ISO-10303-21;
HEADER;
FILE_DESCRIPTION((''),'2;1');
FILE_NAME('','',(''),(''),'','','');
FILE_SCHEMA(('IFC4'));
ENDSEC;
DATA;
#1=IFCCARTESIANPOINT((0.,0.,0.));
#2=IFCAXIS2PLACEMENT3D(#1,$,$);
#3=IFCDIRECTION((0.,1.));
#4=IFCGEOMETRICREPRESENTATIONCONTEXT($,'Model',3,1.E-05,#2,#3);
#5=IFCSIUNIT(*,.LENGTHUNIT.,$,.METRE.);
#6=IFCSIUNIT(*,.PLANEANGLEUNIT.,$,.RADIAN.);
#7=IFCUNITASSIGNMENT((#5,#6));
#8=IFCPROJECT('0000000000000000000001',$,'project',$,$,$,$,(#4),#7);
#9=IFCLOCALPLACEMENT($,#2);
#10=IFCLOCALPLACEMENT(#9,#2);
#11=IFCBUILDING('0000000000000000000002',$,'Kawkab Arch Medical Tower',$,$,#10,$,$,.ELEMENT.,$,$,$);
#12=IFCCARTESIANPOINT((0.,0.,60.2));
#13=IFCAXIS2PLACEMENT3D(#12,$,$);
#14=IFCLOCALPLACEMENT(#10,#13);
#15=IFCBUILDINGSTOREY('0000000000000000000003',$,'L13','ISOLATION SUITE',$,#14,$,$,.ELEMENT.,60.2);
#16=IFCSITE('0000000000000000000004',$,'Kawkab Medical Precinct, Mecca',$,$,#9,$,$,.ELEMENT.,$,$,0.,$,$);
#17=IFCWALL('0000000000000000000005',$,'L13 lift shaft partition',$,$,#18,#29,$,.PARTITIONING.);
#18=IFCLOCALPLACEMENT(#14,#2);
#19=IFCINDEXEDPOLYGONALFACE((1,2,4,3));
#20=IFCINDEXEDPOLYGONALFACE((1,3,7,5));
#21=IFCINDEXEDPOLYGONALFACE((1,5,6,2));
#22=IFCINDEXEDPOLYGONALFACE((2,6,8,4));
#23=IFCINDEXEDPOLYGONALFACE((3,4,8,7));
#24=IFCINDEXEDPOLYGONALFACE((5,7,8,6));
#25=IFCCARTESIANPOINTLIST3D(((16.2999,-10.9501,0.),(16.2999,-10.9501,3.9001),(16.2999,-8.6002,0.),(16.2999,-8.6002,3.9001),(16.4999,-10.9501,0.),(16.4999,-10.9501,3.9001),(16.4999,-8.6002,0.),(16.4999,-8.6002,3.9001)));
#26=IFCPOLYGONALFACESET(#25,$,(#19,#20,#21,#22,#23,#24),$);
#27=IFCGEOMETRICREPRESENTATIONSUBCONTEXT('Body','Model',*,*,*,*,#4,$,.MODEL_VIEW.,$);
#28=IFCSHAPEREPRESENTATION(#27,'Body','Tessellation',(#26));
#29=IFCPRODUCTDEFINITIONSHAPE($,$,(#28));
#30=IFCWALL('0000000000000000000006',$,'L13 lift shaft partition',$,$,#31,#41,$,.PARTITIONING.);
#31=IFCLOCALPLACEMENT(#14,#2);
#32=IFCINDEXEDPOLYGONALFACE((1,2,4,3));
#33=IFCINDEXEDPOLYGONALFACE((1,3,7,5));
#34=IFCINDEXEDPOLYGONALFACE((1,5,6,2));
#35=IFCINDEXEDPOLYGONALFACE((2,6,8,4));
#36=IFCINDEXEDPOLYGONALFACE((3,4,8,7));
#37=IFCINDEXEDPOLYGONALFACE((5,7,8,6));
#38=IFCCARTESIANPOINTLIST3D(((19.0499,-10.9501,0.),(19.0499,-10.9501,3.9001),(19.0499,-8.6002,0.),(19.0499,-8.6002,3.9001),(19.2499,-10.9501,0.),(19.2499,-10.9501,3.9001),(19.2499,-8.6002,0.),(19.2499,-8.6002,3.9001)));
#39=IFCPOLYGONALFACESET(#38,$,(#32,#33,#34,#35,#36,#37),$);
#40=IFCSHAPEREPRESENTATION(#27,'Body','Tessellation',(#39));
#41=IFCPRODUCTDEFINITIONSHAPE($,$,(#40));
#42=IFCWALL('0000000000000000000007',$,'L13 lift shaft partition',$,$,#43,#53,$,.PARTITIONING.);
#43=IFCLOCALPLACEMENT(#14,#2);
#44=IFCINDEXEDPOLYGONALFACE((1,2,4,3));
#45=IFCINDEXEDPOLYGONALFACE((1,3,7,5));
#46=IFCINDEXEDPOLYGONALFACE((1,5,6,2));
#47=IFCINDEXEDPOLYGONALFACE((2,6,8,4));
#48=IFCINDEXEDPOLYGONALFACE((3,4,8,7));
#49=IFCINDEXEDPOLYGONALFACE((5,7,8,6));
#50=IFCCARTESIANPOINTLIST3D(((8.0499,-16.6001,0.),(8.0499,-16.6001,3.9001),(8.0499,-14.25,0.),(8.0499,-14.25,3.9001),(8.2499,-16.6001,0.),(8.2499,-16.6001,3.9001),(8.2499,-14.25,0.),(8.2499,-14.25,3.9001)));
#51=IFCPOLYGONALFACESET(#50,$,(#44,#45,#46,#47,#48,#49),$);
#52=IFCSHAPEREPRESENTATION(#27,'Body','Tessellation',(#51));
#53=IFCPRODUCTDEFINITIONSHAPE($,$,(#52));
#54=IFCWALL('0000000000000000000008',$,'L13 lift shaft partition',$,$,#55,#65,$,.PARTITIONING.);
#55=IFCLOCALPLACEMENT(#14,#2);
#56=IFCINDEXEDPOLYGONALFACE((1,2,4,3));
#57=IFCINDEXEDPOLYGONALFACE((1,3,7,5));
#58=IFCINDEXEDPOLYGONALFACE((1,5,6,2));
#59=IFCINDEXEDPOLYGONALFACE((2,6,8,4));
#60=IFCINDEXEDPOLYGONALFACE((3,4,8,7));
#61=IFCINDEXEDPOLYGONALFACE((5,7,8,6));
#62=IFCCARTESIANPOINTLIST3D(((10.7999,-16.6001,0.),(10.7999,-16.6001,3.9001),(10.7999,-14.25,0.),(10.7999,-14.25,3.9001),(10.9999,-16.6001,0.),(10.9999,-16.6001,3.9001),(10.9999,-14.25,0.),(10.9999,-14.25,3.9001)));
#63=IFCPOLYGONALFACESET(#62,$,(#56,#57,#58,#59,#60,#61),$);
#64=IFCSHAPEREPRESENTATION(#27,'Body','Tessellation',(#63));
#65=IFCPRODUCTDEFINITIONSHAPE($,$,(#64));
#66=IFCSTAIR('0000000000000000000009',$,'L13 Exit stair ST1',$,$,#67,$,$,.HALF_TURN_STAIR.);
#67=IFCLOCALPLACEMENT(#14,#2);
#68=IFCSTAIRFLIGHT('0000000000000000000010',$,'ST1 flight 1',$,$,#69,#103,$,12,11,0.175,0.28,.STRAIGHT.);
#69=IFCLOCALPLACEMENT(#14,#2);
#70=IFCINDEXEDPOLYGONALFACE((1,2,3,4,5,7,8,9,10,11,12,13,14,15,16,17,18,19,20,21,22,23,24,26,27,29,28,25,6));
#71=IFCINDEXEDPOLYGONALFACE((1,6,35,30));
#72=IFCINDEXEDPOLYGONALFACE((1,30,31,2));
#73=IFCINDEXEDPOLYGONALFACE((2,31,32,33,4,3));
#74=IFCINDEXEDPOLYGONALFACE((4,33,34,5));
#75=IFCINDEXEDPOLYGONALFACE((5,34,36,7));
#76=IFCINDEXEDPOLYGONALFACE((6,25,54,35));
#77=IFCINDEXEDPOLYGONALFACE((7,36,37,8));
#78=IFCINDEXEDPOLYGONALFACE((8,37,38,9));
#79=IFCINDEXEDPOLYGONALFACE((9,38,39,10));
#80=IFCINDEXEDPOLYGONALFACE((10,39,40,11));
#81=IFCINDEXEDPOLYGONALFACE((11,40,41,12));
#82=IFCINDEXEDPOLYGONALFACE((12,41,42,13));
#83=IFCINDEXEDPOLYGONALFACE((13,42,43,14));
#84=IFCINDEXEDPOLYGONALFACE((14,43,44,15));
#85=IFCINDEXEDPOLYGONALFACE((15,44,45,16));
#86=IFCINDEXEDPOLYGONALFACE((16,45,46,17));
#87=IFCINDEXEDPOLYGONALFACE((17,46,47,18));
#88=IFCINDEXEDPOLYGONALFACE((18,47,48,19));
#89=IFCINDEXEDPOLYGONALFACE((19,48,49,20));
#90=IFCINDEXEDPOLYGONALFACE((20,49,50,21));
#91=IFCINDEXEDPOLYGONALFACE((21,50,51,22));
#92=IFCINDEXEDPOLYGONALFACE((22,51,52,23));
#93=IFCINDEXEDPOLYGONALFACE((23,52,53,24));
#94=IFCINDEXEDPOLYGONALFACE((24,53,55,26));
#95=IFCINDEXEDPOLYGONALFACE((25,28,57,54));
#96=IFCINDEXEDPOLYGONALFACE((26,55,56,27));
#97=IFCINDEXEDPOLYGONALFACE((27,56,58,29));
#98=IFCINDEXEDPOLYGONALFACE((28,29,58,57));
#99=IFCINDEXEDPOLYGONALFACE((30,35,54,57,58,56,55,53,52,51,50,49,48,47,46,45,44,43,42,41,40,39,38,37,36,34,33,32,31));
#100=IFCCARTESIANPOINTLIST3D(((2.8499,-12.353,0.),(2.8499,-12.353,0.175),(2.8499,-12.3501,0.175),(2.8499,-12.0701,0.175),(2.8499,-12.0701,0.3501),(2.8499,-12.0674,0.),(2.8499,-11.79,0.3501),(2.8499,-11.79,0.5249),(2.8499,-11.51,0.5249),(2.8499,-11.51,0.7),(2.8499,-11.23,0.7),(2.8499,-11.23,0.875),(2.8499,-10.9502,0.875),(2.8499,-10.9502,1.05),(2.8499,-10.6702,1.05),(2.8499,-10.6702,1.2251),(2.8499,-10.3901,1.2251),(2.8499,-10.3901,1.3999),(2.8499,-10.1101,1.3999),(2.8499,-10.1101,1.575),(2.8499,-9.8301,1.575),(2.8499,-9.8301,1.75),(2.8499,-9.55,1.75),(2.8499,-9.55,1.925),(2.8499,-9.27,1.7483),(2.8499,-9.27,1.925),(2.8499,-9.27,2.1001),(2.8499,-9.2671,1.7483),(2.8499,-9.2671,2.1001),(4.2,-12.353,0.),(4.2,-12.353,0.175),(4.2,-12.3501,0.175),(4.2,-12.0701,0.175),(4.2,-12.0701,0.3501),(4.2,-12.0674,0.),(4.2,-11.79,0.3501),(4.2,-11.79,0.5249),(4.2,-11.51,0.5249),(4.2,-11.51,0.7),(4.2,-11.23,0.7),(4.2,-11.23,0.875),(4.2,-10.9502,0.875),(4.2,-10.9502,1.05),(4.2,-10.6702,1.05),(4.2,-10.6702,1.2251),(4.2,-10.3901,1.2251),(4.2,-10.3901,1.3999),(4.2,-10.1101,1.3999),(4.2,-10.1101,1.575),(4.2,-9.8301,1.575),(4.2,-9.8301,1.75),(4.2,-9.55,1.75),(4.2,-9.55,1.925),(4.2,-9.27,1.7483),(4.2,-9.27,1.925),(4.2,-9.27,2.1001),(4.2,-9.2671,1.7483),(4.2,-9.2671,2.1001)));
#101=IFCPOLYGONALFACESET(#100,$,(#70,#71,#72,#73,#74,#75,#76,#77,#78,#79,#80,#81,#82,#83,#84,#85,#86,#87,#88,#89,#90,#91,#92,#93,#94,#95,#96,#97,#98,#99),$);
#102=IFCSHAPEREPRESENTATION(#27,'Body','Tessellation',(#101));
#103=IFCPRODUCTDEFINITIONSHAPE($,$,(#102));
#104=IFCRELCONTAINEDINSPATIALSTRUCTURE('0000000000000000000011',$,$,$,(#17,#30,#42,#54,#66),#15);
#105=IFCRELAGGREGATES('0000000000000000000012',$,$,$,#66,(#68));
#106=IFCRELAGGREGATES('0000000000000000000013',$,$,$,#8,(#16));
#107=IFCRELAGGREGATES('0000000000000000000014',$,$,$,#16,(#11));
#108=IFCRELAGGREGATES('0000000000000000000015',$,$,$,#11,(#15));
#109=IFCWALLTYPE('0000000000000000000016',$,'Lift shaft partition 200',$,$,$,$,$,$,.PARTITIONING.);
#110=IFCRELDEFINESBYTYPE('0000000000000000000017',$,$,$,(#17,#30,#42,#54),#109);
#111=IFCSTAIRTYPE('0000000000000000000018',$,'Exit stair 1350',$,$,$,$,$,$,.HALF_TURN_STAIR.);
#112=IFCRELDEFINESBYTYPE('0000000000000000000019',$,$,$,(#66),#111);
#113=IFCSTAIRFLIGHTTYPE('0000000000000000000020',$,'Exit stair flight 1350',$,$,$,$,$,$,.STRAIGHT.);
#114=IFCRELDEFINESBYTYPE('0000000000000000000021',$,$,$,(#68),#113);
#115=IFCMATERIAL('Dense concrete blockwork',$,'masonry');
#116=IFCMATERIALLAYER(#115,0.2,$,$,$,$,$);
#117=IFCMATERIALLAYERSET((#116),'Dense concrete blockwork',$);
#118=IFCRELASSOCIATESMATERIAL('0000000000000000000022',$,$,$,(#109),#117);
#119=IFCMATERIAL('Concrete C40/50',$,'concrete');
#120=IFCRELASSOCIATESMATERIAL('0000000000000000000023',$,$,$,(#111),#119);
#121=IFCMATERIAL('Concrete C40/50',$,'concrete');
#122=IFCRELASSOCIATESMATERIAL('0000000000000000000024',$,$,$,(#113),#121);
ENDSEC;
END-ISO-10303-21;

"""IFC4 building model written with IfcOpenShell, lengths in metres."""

from ifc_helpers import new_model, si_unit, direction, frame, frame_2d, origin, place, context, subcontext, project, spatial, polyline, rectangle, outline, extrude, material, layer, layer_set, type_object, element, aggregate, save


model = new_model("IFC4")

# Units and contexts
model_context = context("Model", 3, precision=1e-05, world=origin(), true_north=direction((0.0, 1.0)))
body_context = subcontext(model_context, "Body", "Model", "MODEL_VIEW")
ifc_project = project(units=[si_unit("LENGTHUNIT", "METRE"), si_unit("PLANEANGLEUNIT", "RADIAN")], contexts=[model_context])

# Site, building, storey
site_placement = place(None, origin())
site = spatial("IfcSite", under=ifc_project, at=site_placement, Name="Kawkab Medical Precinct, Mecca", CompositionType="ELEMENT", RefElevation=0.0)
building_placement = place(site_placement, origin())
building = spatial("IfcBuilding", under=site, at=building_placement, Name="Kawkab Arch Medical Tower", CompositionType="ELEMENT")
storey_placement = place(building_placement, frame((0.0, 0.0, 60.2)))
storey = spatial("IfcBuildingStorey", under=building, at=storey_placement, Name="L13", Description="ISOLATION SUITE", CompositionType="ELEMENT", Elevation=60.2)

# Walls
ifc_material_1 = material(Name="Dense concrete blockwork", Category="masonry")
ifc_layer_1 = layer(ifc_material_1, 0.2)
ifc_layer_set_1 = layer_set([ifc_layer_1], Name="Dense concrete blockwork")
wall_type_1 = type_object("IfcWallType", Name="Lift shaft partition 200", PredefinedType="PARTITIONING", material=ifc_layer_set_1)
for number, where, z_axis, x_axis, name in (
    (1, (16.3999, -10.95, 0.0), (0.0, 0.0, 1.0), (0.0, 1.0, 0.0), "L13 lift shaft partition"),
    (2, (19.1499, -10.95, 0.0), (0.0, 0.0, 1.0), (0.0, 1.0, 0.0), "L13 lift shaft partition"),
):
    element("IfcWall", number, at=place(storey_placement, frame(where, z_axis=z_axis, x_axis=x_axis)), inside=storey, type_object=wall_type_1, Name=name, PredefinedType="PARTITIONING", context=body_context, shape_type="SweptSolid", body=[
        extrude(rectangle(XDim=2.3499, YDim=0.2, at=frame_2d((1.1748, 0.0))), origin(), (0.0, 0.0, 1.0), 3.9001),
    ])
for number, where, z_axis, x_axis, name in (
    (3, (8.1499, -16.6001, 0.0), (0.0, 0.0, 1.0), (0.0, 1.0, 0.0), "L13 lift shaft partition"),
    (4, (10.8999, -16.6001, 0.0), (0.0, 0.0, 1.0), (0.0, 1.0, 0.0), "L13 lift shaft partition"),
):
    element("IfcWall", number, at=place(storey_placement, frame(where, z_axis=z_axis, x_axis=x_axis)), inside=storey, type_object=wall_type_1, Name=name, PredefinedType="PARTITIONING", context=body_context, shape_type="SweptSolid", body=[
        extrude(rectangle(XDim=2.3501, YDim=0.2, at=frame_2d((1.175, 0.0))), origin(), (0.0, 0.0, 1.0), 3.9001),
    ])

# Stair, stair flight
ifc_material_2 = material(Name="Concrete C40/50", Category="concrete")
stair_type = type_object("IfcStairType", Name="Exit stair 1350", PredefinedType="HALF_TURN_STAIR", material=ifc_material_2)
stair_placement = place(storey_placement, origin())
stair = element("IfcStair", 5, at=stair_placement, inside=storey, type_object=stair_type, Name="L13 Exit stair ST1", PredefinedType="HALF_TURN_STAIR")
ifc_material_3 = material(Name="Concrete C40/50", Category="concrete")
stair_flight_type = type_object("IfcStairFlightType", Name="Exit stair flight 1350", PredefinedType="STRAIGHT", material=ifc_material_3)
stair_flight_placement = place(storey_placement, frame((3.5249, -12.3501, 0.0), z_axis=(0.0, 0.0, 1.0), x_axis=(0.0, 1.0, 0.0)))
stair_flight = element("IfcStairFlight", 6, at=stair_flight_placement, type_object=stair_flight_type, Name="ST1 flight 1", NumberOfRisers=12, NumberOfTreads=11, PredefinedType="STRAIGHT", RiserHeight=0.175, TreadLength=0.28, context=body_context, shape_type="SweptSolid", body=[
    extrude(outline(polyline([(-0.0029, 0.0), (-0.0029, 0.175), (0.0, 0.175), (0.28, 0.175), (0.28, 0.3501), (0.5601, 0.3501), (0.5601, 0.5249), (0.8401, 0.5249), (0.8401, 0.7), (1.1201, 0.7), (1.1201, 0.875), (1.3999, 0.875), (1.3999, 1.05), (1.6799, 1.05), (1.6799, 1.2251), (1.96, 1.2251), (1.96, 1.3999), (2.24, 1.3999), (2.24, 1.575), (2.52, 1.575), (2.52, 1.75), (2.8, 1.75), (2.8, 1.925), (3.0801, 1.925), (3.0801, 2.1001), (3.083, 2.1001), (3.083, 1.7483), (3.0801, 1.7483), (0.2827, 0.0), (-0.0029, 0.0)])), frame((0.0, 0.675, 0.0), z_axis=(0.0, -1.0, 0.0), x_axis=(1.0, 0.0, 0.0)), (0.0, 0.0, 1.0), 1.3501),
])
aggregate(stair, [stair_flight])

save(model, "model.ifc")
